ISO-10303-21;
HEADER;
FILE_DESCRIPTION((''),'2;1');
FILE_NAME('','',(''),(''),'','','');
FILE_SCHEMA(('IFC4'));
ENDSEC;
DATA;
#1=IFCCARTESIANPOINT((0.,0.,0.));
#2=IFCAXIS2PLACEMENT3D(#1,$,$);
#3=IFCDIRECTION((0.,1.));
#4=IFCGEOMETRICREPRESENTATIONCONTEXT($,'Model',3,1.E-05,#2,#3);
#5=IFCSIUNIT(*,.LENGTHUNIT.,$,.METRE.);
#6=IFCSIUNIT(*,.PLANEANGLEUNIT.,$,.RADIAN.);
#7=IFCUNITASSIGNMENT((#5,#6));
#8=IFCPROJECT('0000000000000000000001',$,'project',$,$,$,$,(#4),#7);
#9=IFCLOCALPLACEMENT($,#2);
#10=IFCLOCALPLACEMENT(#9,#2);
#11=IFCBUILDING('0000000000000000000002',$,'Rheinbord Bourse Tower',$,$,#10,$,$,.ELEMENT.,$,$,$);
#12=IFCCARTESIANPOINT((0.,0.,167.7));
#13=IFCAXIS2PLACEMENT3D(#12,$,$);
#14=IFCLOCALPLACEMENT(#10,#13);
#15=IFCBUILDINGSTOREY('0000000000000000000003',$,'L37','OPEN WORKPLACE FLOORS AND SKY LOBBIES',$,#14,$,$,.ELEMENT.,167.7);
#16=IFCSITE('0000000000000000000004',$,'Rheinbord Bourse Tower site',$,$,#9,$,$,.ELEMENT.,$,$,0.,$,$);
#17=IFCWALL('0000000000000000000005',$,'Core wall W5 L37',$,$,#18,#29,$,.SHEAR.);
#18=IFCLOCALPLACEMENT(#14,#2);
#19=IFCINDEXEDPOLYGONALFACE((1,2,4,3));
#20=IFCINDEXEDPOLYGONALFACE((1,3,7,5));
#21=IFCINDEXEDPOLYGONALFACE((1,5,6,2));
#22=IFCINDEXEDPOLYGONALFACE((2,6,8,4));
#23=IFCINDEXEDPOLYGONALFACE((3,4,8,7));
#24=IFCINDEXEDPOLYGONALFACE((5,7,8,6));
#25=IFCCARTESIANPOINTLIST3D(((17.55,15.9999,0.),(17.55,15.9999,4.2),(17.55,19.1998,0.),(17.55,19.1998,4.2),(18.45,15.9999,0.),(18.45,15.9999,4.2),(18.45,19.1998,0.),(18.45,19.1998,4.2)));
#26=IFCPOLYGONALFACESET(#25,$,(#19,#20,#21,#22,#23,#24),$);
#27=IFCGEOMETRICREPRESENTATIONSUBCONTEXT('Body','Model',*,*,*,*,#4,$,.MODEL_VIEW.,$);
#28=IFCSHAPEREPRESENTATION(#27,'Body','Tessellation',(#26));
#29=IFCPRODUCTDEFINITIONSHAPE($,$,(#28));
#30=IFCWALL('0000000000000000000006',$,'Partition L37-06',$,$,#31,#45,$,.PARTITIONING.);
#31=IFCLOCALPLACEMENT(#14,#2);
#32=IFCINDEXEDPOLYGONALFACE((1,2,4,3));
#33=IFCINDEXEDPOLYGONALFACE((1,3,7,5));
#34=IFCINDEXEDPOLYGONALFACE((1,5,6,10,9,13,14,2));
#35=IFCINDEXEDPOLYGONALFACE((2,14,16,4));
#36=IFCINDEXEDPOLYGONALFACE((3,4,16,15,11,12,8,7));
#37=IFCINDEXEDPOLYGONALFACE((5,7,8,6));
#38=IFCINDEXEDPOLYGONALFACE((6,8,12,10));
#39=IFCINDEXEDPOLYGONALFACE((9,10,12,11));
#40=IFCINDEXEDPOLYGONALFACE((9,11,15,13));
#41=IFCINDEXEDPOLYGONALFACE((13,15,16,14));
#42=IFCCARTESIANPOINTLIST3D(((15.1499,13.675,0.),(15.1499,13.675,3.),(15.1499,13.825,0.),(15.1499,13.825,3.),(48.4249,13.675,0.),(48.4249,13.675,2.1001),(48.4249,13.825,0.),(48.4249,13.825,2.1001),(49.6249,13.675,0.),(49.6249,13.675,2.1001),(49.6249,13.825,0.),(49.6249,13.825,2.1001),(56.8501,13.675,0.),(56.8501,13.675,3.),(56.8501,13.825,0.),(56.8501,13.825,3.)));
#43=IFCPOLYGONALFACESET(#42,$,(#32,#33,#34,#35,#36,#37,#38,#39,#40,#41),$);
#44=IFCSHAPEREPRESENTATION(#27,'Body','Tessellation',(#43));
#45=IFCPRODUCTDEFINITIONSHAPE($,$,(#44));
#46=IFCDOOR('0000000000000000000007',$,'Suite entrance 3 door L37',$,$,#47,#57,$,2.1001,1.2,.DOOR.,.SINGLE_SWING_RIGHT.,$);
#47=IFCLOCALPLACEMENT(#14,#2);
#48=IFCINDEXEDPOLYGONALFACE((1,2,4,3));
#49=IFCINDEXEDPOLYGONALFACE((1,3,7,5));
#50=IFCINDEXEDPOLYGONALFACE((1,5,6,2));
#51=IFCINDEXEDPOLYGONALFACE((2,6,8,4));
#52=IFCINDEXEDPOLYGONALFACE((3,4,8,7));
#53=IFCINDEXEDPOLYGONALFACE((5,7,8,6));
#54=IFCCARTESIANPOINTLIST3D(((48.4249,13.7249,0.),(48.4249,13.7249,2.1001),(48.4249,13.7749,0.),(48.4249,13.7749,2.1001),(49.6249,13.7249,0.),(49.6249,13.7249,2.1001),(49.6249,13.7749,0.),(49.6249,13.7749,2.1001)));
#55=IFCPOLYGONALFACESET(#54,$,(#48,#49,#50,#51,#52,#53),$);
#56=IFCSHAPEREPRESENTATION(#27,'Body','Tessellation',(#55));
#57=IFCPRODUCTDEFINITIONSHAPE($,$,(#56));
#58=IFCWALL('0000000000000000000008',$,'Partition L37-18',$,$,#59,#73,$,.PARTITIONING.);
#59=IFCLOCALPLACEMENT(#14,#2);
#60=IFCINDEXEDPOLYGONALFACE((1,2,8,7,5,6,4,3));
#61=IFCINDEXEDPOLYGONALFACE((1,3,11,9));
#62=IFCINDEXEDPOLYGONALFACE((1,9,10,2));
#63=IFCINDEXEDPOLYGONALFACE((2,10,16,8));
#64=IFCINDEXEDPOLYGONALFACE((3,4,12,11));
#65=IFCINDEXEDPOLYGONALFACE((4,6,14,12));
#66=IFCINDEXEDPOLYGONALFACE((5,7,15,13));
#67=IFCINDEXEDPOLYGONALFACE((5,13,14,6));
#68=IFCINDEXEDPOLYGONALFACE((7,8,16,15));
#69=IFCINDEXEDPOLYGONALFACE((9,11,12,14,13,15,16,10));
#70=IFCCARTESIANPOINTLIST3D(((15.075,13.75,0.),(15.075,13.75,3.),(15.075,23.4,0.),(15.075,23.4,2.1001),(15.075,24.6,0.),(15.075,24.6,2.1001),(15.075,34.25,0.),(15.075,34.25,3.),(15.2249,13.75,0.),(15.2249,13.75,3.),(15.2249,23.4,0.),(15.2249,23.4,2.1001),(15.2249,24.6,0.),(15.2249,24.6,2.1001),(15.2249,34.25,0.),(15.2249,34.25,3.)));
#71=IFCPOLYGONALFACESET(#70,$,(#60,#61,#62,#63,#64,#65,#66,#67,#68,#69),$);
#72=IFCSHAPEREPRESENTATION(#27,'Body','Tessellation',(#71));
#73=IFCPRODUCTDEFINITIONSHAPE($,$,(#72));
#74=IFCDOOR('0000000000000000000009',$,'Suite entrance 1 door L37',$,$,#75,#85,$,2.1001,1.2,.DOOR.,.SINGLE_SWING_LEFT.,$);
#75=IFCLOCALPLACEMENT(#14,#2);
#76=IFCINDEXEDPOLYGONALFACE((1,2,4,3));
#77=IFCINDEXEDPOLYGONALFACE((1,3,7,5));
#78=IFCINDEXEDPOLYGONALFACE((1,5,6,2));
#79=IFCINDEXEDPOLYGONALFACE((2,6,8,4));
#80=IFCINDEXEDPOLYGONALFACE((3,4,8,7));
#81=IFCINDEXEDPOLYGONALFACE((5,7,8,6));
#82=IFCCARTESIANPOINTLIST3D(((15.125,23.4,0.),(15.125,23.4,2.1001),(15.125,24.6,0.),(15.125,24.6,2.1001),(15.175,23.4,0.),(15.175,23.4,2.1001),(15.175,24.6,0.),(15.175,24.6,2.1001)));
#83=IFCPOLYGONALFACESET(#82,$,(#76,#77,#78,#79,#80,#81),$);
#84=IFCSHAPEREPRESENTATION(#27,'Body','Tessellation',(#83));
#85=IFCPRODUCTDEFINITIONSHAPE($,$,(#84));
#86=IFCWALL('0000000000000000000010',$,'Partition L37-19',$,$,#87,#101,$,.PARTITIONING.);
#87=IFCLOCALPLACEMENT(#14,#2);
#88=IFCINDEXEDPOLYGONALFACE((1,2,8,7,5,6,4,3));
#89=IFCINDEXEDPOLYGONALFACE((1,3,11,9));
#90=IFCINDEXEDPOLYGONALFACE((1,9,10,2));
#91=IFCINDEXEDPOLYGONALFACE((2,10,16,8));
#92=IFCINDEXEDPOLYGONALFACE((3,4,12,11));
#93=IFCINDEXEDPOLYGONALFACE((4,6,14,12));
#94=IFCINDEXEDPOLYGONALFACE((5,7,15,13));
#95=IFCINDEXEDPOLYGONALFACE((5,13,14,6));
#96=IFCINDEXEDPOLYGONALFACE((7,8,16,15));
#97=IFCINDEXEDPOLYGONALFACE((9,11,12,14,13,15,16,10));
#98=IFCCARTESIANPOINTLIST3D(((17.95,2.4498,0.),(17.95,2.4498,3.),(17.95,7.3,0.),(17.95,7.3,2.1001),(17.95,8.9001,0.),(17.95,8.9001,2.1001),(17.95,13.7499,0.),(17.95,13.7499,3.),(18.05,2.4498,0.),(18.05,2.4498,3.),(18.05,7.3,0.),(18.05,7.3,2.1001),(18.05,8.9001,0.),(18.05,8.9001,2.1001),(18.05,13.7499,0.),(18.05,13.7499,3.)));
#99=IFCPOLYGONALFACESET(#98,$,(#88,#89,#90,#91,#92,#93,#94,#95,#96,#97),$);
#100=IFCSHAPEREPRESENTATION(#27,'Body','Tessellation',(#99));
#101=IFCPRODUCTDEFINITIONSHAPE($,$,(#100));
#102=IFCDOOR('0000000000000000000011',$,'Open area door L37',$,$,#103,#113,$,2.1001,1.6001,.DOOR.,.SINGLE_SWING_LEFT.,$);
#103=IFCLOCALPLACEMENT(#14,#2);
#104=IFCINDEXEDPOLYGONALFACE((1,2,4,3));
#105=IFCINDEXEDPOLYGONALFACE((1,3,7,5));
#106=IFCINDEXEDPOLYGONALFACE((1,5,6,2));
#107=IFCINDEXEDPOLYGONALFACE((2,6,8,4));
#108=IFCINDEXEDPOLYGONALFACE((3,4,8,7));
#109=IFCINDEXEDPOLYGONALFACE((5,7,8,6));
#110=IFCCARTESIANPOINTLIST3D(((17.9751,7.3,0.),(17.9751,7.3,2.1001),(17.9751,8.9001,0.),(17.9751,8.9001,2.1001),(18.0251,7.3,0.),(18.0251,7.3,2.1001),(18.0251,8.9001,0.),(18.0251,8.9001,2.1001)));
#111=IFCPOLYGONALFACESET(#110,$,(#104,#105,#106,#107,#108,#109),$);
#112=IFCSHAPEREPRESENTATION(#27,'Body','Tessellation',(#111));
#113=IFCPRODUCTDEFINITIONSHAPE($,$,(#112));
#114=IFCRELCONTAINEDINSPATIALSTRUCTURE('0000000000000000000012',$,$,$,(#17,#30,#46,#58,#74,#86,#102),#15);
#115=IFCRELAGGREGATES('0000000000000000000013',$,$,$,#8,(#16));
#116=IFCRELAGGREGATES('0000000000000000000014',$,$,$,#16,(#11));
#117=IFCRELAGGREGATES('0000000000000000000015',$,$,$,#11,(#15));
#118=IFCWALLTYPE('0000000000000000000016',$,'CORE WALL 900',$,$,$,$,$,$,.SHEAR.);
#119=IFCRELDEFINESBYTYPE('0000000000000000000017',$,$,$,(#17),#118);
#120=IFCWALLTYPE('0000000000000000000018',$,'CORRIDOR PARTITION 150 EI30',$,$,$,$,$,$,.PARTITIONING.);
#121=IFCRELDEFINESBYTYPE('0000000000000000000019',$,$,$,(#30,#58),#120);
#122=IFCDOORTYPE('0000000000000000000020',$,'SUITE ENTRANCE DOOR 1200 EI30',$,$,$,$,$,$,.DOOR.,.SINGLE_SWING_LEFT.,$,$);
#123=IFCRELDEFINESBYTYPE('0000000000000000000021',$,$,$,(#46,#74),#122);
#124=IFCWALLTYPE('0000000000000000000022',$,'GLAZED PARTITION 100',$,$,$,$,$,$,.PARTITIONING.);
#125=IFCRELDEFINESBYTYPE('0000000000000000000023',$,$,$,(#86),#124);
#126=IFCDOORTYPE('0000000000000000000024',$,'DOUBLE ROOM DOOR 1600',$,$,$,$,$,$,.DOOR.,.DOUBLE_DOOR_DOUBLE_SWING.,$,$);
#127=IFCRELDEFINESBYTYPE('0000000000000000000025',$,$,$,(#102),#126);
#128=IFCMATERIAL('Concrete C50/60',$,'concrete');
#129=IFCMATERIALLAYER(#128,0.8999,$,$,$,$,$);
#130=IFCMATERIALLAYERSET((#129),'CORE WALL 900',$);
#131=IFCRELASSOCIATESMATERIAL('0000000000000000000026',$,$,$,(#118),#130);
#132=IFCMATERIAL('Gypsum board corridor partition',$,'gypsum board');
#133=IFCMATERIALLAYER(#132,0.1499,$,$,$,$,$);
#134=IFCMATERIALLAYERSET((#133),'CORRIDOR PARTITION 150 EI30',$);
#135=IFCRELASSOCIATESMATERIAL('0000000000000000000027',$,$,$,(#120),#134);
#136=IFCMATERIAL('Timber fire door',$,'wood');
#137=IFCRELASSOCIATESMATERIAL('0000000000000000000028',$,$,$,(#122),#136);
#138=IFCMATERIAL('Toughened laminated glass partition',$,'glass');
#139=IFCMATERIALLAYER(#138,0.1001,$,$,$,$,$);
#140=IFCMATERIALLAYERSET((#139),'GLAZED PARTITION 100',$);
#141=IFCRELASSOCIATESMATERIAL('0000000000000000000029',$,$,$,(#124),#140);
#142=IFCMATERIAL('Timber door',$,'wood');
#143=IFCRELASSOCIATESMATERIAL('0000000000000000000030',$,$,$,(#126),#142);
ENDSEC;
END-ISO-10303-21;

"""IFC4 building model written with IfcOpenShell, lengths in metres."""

from ifc_helpers import new_model, si_unit, direction, frame, frame_2d, origin, place, context, subcontext, project, spatial, rectangle, extrude, material, layer, layer_set, type_object, element, fill, save


model = new_model("IFC4")

# Units and contexts
model_context = context("Model", 3, precision=1e-05, world=origin(), true_north=direction((0.0, 1.0)))
body_context = subcontext(model_context, "Body", "Model", "MODEL_VIEW")
ifc_project = project(units=[si_unit("LENGTHUNIT", "METRE"), si_unit("PLANEANGLEUNIT", "RADIAN")], contexts=[model_context])

# Site, building, storey
site_placement = place(None, origin())
site = spatial("IfcSite", under=ifc_project, at=site_placement, Name="Rheinbord Bourse Tower site", CompositionType="ELEMENT", RefElevation=0.0)
building_placement = place(site_placement, origin())
building = spatial("IfcBuilding", under=site, at=building_placement, Name="Rheinbord Bourse Tower", CompositionType="ELEMENT")
storey_placement = place(building_placement, frame((0.0, 0.0, 167.7)))
storey = spatial("IfcBuildingStorey", under=building, at=storey_placement, Name="L37", Description="OPEN WORKPLACE FLOORS AND SKY LOBBIES", CompositionType="ELEMENT", Elevation=167.7)

# Wall
ifc_material_1 = material(Name="Concrete C50/60", Category="concrete")
ifc_layer_1 = layer(ifc_material_1, 0.8999)
ifc_layer_set_1 = layer_set([ifc_layer_1], Name="CORE WALL 900")
wall_type_1 = type_object("IfcWallType", Name="CORE WALL 900", PredefinedType="SHEAR", material=ifc_layer_set_1)
wall_1_placement = place(storey_placement, frame((18.0, 19.2, 0.0), z_axis=(0.0, 0.0, 1.0), x_axis=(0.0, -1.0, 0.0)))
element("IfcWall", 1, at=wall_1_placement, inside=storey, type_object=wall_type_1, Name="Core wall W5 L37", PredefinedType="SHEAR", context=body_context, shape_type="SweptSolid", body=[
    extrude(rectangle(XDim=3.2, YDim=0.8999, at=frame_2d((1.6001, 0.0))), origin(), (0.0, 0.0, 1.0), 4.2),
])

# Walls, openings, doors
ifc_material_2 = material(Name="Gypsum board corridor partition", Category="gypsum board")
ifc_layer_2 = layer(ifc_material_2, 0.1499)
ifc_layer_set_2 = layer_set([ifc_layer_2], Name="CORRIDOR PARTITION 150 EI30")
wall_type_2 = type_object("IfcWallType", Name="CORRIDOR PARTITION 150 EI30", PredefinedType="PARTITIONING", material=ifc_layer_set_2)
wall_2_placement = place(storey_placement, frame((15.1499, 13.75, 0.0), z_axis=(0.0, 0.0, 1.0), x_axis=(1.0, 0.0, 0.0)))
wall_2 = element("IfcWall", 2, at=wall_2_placement, inside=storey, type_object=wall_type_2, Name="Partition L37-06", PredefinedType="PARTITIONING", context=body_context, shape_type="SweptSolid", body=[
    extrude(rectangle(XDim=41.7002, YDim=0.1499, at=frame_2d((20.8501, 0.0))), origin(), (0.0, 0.0, 1.0), 3.0),
])
opening_1_placement = place(wall_2_placement, frame((33.2749, 0.0, 0.0)))
opening_1 = element("IfcOpeningElement", 3, at=opening_1_placement, cuts=wall_2, PredefinedType="OPENING", context=body_context, shape_type="SweptSolid", body=[
    extrude(rectangle(XDim=1.2, YDim=2.1001, at=frame_2d((0.6001, 1.05))), frame((0.0, 0.085, 0.0), z_axis=(0.0, -1.0, 0.0), x_axis=(1.0, 0.0, 0.0)), (0.0, 0.0, 1.0), 0.1699),
])
ifc_material_3 = material(Name="Timber fire door", Category="wood")
door_type_1 = type_object("IfcDoorType", Name="SUITE ENTRANCE DOOR 1200 EI30", OperationType="SINGLE_SWING_LEFT", PredefinedType="DOOR", material=ifc_material_3)
door_1_placement = place(opening_1_placement, origin())
door_1 = element("IfcDoor", 4, at=door_1_placement, inside=storey, type_object=door_type_1, Name="Suite entrance 3 door L37", OperationType="SINGLE_SWING_RIGHT", OverallHeight=2.1001, OverallWidth=1.2, PredefinedType="DOOR", context=body_context, shape_type="SweptSolid", body=[
    extrude(rectangle(XDim=1.2, YDim=2.1001, at=frame_2d((0.6001, 1.05))), frame((0.0, 0.0249, 0.0), z_axis=(0.0, -1.0, 0.0), x_axis=(1.0, 0.0, 0.0)), (0.0, 0.0, 1.0), 0.05),
])
fill(opening_1, door_1)
wall_3_placement = place(storey_placement, frame((15.1499, 13.75, 0.0), z_axis=(0.0, 0.0, 1.0), x_axis=(0.0, 1.0, 0.0)))
wall_3 = element("IfcWall", 5, at=wall_3_placement, inside=storey, type_object=wall_type_2, Name="Partition L37-18", PredefinedType="PARTITIONING", context=body_context, shape_type="SweptSolid", body=[
    extrude(rectangle(XDim=20.5, YDim=0.1499, at=frame_2d((10.25, 0.0))), origin(), (0.0, 0.0, 1.0), 3.0),
])
opening_2_placement = place(wall_3_placement, frame((9.6499, 0.0, 0.0)))
opening_2 = element("IfcOpeningElement", 6, at=opening_2_placement, cuts=wall_3, PredefinedType="OPENING", context=body_context, shape_type="SweptSolid", body=[
    extrude(rectangle(XDim=1.2, YDim=2.1001, at=frame_2d((0.6001, 1.05))), frame((0.0, 0.085, 0.0), z_axis=(0.0, -1.0, 0.0), x_axis=(1.0, 0.0, 0.0)), (0.0, 0.0, 1.0), 0.1699),
])
door_2_placement = place(opening_2_placement, origin())
door_2 = element("IfcDoor", 7, at=door_2_placement, inside=storey, type_object=door_type_1, Name="Suite entrance 1 door L37", OperationType="SINGLE_SWING_LEFT", OverallHeight=2.1001, OverallWidth=1.2, PredefinedType="DOOR", context=body_context, shape_type="SweptSolid", body=[
    extrude(rectangle(XDim=1.2, YDim=2.1001, at=frame_2d((0.6001, 1.05))), frame((0.0, 0.0249, 0.0), z_axis=(0.0, -1.0, 0.0), x_axis=(1.0, 0.0, 0.0)), (0.0, 0.0, 1.0), 0.05),
])
fill(opening_2, door_2)
ifc_material_4 = material(Name="Toughened laminated glass partition", Category="glass")
ifc_layer_3 = layer(ifc_material_4, 0.1001)
ifc_layer_set_3 = layer_set([ifc_layer_3], Name="GLAZED PARTITION 100")
wall_type_3 = type_object("IfcWallType", Name="GLAZED PARTITION 100", PredefinedType="PARTITIONING", material=ifc_layer_set_3)
wall_4_placement = place(storey_placement, frame((18.0, 2.45, 0.0), z_axis=(0.0, 0.0, 1.0), x_axis=(0.0, 1.0, 0.0)))
wall_4 = element("IfcWall", 8, at=wall_4_placement, inside=storey, type_object=wall_type_3, Name="Partition L37-19", PredefinedType="PARTITIONING", context=body_context, shape_type="SweptSolid", body=[
    extrude(rectangle(XDim=11.3, YDim=0.1001, at=frame_2d((5.6499, 0.0))), origin(), (0.0, 0.0, 1.0), 3.0),
])
opening_3_placement = place(wall_4_placement, frame((4.8501, 0.0, 0.0)))
opening_3 = element("IfcOpeningElement", 9, at=opening_3_placement, cuts=wall_4, PredefinedType="OPENING", context=body_context, shape_type="SweptSolid", body=[
    extrude(rectangle(XDim=1.6001, YDim=2.1001, at=frame_2d((0.8, 1.05))), frame((0.0, 0.0601, 0.0), z_axis=(0.0, -1.0, 0.0), x_axis=(1.0, 0.0, 0.0)), (0.0, 0.0, 1.0), 0.1201),
])
ifc_material_5 = material(Name="Timber door", Category="wood")
door_type_2 = type_object("IfcDoorType", Name="DOUBLE ROOM DOOR 1600", OperationType="DOUBLE_DOOR_DOUBLE_SWING", PredefinedType="DOOR", material=ifc_material_5)
door_3_placement = place(opening_3_placement, origin())
door_3 = element("IfcDoor", 10, at=door_3_placement, inside=storey, type_object=door_type_2, Name="Open area door L37", OperationType="SINGLE_SWING_LEFT", OverallHeight=2.1001, OverallWidth=1.6001, PredefinedType="DOOR", context=body_context, shape_type="SweptSolid", body=[
    extrude(rectangle(XDim=1.6001, YDim=2.1001, at=frame_2d((0.8, 1.05))), frame((0.0, 0.0249, 0.0), z_axis=(0.0, -1.0, 0.0), x_axis=(1.0, 0.0, 0.0)), (0.0, 0.0, 1.0), 0.05),
])
fill(opening_3, door_3)

save(model, "model.ifc")
